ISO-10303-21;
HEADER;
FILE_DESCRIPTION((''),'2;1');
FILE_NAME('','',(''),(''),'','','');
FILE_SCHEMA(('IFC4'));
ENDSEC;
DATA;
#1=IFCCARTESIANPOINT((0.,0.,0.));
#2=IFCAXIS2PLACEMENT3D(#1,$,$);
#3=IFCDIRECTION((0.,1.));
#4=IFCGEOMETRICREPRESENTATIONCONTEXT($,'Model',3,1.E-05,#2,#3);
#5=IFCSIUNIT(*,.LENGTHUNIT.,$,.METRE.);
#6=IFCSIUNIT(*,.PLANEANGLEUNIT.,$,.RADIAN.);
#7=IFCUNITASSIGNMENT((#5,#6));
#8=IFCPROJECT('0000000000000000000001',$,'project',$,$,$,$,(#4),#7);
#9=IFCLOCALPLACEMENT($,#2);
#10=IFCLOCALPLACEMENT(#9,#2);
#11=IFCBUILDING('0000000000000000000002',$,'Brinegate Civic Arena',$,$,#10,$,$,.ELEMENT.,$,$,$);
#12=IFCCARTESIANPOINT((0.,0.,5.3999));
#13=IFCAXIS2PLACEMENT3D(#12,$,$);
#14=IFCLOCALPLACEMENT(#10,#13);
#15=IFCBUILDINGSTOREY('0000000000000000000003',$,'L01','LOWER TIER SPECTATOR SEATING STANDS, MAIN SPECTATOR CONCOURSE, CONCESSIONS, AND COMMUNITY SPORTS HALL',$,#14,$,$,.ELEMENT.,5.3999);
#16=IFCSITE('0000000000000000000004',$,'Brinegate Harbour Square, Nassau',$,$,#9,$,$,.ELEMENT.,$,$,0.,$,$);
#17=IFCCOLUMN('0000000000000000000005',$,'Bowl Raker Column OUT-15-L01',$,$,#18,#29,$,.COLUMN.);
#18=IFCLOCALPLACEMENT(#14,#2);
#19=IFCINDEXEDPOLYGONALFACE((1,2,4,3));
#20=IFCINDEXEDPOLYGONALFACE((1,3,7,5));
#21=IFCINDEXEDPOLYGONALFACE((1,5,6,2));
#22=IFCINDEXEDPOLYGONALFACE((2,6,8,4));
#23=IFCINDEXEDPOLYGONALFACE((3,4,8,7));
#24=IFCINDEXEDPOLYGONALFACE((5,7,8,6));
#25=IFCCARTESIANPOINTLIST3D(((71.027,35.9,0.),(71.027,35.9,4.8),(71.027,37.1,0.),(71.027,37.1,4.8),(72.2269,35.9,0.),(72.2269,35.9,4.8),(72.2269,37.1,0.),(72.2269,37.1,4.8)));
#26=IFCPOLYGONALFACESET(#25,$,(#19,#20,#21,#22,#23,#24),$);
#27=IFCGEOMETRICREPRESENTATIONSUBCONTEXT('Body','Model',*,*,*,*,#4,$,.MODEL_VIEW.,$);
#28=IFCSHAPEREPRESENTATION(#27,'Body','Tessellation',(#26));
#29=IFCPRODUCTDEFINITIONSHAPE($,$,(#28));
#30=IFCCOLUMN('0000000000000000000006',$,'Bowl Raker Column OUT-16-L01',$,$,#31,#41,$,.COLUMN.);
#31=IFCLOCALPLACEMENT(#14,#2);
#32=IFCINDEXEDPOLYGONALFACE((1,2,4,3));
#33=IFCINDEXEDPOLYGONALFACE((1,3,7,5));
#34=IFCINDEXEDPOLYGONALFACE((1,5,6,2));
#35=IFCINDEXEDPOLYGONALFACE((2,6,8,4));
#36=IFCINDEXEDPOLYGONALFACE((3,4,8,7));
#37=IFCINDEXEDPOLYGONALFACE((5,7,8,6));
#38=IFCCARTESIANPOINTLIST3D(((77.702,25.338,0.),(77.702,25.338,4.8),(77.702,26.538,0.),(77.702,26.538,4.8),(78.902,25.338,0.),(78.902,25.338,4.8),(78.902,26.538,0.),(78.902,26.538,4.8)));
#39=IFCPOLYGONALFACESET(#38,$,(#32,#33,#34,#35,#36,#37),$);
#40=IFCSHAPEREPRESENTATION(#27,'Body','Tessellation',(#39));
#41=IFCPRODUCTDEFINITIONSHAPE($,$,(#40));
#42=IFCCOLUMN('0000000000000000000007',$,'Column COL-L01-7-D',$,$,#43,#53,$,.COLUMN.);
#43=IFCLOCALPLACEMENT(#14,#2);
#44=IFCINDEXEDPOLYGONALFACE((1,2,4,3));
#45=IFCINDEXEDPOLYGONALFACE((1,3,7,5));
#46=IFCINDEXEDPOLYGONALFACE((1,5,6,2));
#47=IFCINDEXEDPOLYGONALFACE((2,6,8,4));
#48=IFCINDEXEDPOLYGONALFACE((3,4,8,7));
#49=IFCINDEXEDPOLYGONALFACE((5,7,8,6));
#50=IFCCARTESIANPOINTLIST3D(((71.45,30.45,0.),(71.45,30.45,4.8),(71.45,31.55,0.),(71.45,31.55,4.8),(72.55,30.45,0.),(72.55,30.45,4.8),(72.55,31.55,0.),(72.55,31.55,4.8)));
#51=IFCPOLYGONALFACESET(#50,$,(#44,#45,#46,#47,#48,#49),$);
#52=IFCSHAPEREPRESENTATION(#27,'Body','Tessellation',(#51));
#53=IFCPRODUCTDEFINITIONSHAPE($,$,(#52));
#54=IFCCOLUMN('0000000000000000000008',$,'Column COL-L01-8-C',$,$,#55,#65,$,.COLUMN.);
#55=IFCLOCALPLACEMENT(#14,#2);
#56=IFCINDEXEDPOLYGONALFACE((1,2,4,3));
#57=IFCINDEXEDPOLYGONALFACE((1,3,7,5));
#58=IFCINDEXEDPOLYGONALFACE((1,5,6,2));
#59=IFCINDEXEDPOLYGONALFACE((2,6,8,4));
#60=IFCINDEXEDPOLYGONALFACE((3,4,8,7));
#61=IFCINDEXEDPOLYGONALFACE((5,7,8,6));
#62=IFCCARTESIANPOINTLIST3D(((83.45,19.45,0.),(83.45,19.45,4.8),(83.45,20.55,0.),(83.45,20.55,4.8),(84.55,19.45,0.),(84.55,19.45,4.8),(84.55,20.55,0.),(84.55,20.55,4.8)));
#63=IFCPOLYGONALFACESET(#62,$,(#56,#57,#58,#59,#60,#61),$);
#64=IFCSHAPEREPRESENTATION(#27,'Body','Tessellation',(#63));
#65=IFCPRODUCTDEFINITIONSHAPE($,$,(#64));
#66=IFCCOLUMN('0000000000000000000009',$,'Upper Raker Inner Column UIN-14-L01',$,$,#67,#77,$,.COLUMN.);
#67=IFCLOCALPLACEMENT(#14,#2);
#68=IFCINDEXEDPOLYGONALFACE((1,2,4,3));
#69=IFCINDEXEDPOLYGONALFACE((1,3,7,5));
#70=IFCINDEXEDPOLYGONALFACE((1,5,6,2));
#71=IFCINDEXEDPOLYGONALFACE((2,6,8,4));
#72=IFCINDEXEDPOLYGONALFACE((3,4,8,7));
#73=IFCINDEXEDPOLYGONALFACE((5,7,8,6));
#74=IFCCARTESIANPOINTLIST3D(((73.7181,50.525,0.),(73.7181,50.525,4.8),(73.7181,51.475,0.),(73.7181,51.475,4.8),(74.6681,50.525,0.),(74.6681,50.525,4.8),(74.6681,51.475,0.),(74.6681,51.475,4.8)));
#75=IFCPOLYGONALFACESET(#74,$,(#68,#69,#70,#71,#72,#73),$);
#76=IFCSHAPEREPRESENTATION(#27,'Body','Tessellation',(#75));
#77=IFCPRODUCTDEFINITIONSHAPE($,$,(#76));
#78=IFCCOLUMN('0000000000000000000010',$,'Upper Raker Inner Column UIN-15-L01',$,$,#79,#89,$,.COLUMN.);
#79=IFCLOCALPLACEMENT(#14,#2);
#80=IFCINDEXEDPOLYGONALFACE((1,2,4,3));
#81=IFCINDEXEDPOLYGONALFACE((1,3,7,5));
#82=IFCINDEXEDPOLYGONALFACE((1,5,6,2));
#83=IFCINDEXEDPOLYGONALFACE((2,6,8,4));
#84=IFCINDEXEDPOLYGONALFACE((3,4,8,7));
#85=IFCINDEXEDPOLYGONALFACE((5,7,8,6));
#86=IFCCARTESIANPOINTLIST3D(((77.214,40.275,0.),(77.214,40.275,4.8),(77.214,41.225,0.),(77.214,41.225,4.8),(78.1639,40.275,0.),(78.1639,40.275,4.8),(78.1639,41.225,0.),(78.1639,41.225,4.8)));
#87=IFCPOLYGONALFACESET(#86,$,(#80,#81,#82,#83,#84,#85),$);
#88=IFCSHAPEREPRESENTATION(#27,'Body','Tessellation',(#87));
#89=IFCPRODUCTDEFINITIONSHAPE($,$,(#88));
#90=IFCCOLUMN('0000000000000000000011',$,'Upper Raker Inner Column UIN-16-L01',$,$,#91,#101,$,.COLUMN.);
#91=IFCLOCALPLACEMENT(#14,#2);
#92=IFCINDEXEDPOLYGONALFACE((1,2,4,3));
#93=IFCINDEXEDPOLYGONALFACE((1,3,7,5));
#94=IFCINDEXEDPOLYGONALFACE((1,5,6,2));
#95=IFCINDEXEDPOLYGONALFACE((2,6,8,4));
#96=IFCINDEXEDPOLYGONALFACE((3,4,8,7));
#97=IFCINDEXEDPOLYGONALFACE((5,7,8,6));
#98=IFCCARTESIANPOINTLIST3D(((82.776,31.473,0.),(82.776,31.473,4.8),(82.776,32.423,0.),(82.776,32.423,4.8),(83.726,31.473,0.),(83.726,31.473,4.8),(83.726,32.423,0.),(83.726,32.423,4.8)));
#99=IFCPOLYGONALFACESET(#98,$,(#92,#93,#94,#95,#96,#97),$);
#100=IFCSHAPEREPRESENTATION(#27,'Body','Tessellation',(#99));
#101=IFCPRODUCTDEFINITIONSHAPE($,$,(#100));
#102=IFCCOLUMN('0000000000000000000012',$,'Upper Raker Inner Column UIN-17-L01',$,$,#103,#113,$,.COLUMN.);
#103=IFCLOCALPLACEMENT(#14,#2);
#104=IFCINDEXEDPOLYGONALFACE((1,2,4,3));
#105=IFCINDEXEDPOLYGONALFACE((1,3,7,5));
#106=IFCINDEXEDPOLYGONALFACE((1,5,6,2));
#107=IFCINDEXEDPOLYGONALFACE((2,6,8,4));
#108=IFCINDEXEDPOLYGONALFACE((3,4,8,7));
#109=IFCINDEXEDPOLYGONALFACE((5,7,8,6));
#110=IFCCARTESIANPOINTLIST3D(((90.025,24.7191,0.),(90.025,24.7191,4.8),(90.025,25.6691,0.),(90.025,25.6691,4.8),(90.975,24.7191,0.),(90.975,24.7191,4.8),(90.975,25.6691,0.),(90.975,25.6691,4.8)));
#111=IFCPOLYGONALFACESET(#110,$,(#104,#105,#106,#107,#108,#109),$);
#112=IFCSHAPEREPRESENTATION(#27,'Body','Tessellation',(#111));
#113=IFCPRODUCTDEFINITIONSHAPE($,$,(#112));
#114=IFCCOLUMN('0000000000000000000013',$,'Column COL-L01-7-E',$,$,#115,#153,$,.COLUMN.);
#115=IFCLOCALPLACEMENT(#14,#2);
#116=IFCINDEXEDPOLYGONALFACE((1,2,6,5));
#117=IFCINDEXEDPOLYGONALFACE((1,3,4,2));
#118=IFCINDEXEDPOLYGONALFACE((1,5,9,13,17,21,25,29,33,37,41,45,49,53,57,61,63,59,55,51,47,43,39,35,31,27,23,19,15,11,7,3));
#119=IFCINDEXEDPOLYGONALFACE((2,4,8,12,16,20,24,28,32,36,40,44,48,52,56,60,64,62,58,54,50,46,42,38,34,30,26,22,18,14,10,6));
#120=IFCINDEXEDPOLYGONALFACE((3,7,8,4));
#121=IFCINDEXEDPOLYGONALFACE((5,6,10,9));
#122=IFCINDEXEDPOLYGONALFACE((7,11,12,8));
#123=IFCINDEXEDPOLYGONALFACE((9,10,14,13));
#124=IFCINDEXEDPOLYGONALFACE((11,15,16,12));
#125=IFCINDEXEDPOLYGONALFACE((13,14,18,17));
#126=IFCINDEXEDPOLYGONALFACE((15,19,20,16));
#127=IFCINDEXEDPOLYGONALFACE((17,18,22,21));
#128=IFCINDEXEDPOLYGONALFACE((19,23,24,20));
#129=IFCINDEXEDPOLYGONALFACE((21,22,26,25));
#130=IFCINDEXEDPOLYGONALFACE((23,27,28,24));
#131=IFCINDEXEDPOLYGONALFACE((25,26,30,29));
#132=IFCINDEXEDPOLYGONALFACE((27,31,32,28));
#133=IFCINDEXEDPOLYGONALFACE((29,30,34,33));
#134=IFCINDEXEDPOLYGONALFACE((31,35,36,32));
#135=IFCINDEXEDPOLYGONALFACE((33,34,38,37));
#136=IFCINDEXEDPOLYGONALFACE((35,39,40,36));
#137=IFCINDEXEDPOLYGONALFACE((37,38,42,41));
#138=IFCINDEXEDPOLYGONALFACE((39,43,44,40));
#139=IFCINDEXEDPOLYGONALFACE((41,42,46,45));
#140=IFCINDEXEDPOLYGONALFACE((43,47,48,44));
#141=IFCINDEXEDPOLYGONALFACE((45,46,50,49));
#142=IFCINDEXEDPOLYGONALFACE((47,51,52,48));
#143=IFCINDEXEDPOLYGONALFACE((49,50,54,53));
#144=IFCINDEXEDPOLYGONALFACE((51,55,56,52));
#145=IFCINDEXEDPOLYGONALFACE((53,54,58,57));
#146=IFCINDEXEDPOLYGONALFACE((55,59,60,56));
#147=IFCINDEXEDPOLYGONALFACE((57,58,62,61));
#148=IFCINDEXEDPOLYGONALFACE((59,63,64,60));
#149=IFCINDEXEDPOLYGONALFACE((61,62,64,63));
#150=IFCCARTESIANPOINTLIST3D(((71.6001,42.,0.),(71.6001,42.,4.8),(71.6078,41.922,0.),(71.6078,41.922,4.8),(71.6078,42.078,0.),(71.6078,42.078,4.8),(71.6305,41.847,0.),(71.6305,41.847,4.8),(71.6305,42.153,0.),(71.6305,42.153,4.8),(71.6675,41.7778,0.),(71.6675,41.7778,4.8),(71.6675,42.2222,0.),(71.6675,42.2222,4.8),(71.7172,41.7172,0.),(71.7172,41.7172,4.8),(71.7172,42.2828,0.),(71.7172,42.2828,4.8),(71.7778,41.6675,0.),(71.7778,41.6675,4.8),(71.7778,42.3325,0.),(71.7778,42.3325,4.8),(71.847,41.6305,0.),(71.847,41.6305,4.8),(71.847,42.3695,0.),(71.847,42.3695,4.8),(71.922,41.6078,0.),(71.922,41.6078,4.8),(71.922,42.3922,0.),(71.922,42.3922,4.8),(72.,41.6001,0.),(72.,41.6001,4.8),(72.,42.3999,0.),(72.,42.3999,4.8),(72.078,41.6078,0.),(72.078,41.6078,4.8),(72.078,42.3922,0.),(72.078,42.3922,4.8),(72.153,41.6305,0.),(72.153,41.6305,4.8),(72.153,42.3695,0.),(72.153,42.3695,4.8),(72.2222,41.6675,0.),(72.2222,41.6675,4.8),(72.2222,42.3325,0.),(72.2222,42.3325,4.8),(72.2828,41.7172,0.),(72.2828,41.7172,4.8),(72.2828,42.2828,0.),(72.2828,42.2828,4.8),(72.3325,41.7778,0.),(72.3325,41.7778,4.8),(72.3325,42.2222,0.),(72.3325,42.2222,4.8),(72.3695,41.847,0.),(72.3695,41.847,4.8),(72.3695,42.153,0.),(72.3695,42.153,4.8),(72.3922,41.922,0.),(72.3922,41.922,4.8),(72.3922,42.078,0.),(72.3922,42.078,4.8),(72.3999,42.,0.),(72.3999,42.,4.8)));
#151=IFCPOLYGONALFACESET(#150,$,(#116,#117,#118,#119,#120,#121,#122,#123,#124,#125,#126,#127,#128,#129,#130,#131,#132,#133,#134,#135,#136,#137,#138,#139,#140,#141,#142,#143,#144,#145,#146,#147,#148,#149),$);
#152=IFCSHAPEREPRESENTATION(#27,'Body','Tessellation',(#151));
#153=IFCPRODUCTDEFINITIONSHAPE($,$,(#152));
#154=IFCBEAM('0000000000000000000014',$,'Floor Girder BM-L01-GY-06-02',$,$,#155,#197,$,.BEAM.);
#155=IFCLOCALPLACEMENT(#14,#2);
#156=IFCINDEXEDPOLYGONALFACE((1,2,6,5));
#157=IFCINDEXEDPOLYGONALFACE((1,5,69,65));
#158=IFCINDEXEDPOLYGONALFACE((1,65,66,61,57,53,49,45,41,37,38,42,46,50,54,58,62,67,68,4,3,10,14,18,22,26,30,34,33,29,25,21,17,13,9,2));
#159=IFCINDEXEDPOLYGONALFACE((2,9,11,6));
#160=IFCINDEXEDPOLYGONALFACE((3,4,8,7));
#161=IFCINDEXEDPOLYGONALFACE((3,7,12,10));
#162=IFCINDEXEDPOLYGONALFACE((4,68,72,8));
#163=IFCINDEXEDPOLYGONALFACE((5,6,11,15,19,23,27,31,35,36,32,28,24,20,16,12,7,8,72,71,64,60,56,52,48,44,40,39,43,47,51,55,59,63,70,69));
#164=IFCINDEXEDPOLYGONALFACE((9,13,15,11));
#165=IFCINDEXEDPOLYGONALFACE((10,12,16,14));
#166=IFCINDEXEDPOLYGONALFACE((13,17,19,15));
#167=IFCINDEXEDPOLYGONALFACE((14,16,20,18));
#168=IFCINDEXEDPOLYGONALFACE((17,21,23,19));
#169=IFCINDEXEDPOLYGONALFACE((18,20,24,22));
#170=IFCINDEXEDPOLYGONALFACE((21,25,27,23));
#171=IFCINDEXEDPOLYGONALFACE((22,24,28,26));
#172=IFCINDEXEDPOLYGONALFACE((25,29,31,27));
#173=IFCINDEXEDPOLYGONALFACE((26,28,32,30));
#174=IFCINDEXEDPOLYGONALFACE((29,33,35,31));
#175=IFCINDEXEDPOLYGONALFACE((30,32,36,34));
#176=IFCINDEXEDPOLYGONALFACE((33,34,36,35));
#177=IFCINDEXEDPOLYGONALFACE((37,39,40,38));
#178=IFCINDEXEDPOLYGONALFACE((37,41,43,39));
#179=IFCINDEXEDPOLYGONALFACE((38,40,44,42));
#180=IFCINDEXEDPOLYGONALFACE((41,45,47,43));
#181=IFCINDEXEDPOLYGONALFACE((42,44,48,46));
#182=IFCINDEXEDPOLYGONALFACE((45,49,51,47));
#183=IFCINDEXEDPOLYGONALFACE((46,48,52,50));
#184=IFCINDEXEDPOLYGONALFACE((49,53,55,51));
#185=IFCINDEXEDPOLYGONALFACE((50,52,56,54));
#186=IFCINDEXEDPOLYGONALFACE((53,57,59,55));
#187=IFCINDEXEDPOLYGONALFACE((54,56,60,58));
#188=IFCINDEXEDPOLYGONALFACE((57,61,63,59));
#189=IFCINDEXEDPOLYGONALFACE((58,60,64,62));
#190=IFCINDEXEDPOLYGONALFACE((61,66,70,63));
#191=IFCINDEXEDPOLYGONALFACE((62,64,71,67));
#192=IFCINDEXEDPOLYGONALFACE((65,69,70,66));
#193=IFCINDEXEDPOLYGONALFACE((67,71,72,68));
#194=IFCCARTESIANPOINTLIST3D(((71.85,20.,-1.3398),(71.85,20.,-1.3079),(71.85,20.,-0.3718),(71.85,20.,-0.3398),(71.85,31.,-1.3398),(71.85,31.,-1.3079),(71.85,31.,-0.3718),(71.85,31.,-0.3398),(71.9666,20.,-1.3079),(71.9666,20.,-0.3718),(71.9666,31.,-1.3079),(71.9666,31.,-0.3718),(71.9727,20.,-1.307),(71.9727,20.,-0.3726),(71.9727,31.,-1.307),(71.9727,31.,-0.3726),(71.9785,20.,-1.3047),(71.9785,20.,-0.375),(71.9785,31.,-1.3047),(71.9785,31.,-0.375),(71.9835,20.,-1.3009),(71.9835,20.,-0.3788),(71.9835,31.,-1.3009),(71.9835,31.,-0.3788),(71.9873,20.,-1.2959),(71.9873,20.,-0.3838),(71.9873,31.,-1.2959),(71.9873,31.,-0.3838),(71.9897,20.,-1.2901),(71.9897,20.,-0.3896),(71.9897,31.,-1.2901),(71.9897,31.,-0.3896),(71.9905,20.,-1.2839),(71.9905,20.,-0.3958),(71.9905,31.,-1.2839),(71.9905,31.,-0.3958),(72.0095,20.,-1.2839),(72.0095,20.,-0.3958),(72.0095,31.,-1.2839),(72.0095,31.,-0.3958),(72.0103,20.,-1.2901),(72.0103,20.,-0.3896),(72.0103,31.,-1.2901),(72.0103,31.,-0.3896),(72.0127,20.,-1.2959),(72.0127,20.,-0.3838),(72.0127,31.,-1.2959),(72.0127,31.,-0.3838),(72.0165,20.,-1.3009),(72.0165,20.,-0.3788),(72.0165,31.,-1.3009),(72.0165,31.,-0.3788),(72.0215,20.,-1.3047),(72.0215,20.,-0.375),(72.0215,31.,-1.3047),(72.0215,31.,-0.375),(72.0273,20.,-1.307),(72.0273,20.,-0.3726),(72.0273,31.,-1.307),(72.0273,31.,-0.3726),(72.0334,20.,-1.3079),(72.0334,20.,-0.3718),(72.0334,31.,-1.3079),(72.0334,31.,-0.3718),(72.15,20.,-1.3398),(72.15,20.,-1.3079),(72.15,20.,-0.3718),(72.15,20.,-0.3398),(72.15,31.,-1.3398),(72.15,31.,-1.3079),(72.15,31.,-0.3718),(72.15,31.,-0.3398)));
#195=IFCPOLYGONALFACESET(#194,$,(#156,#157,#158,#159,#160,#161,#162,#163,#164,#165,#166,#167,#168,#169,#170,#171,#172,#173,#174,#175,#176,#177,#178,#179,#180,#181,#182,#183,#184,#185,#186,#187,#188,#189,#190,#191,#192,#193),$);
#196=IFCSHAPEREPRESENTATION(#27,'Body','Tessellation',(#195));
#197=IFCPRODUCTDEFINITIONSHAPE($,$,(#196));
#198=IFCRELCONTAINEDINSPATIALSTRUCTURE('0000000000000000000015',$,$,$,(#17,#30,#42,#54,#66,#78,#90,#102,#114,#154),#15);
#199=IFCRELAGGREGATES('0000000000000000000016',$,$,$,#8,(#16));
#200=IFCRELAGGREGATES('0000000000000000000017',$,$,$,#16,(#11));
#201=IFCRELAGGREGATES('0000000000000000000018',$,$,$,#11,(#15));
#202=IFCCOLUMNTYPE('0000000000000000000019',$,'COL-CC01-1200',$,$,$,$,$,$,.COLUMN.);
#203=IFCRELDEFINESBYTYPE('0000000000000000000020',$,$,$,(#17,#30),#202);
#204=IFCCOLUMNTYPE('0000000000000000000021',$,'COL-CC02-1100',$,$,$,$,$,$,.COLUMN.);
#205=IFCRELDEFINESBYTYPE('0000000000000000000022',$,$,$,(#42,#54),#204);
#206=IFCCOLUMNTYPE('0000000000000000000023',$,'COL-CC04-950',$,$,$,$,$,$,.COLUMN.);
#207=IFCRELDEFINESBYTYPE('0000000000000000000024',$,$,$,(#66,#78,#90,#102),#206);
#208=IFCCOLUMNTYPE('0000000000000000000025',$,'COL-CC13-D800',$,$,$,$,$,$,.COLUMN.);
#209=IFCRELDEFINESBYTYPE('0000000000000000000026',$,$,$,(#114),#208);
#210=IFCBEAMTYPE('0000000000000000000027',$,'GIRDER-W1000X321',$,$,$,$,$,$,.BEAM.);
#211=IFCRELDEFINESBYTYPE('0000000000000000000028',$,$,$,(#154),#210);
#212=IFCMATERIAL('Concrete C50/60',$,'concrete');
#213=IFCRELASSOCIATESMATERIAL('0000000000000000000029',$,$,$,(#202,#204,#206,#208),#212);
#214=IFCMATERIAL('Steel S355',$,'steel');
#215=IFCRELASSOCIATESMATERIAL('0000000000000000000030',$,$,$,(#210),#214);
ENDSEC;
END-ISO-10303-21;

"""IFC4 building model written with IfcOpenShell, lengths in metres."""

from ifc_helpers import new_model, si_unit, direction, frame, origin, origin_2d, place, context, subcontext, project, spatial, rectangle, circle, i_section, extrude, material, material_profile, profile_set, type_object, element, save


model = new_model("IFC4")

# Units and contexts
model_context = context("Model", 3, precision=1e-05, world=origin(), true_north=direction((0.0, 1.0)))
body_context = subcontext(model_context, "Body", "Model", "MODEL_VIEW")
ifc_project = project(units=[si_unit("LENGTHUNIT", "METRE"), si_unit("PLANEANGLEUNIT", "RADIAN")], contexts=[model_context])

# Site, building, storey
site_placement = place(None, origin())
site = spatial("IfcSite", under=ifc_project, at=site_placement, Name="Brinegate Harbour Square, Nassau", CompositionType="ELEMENT", RefElevation=0.0)
building_placement = place(site_placement, origin())
building = spatial("IfcBuilding", under=site, at=building_placement, Name="Brinegate Civic Arena", CompositionType="ELEMENT")
storey_placement = place(building_placement, frame((0.0, 0.0, 5.3999)))
storey = spatial("IfcBuildingStorey", under=building, at=storey_placement, Name="L01", Description="LOWER TIER SPECTATOR SEATING STANDS, MAIN SPECTATOR CONCOURSE, CONCESSIONS, AND COMMUNITY SPORTS HALL", CompositionType="ELEMENT", Elevation=5.3999)

# Columns
ifc_material_1 = material(Name="Concrete C50/60", Category="concrete")
ifc_material_profile_1 = material_profile(ifc_material_1, rectangle(XDim=1.2, YDim=1.2, at=origin_2d()), Name="RC1200X1200")
ifc_profile_set_1 = profile_set([ifc_material_profile_1], Name="Concrete C50/60")
column_type_1 = type_object("IfcColumnType", Name="COL-CC01-1200", PredefinedType="COLUMN", material=ifc_profile_set_1)
for number, where, z_axis, x_axis, name in (
    (1, (71.627, 36.5, 0.0), (0.0, 0.0, 1.0), (1.0, 0.0, 0.0), "Bowl Raker Column OUT-15-L01"),
    (2, (78.302, 25.938, 0.0), (0.0, 0.0, 1.0), (1.0, 0.0, 0.0), "Bowl Raker Column OUT-16-L01"),
):
    element("IfcColumn", number, at=place(storey_placement, frame(where, z_axis=z_axis, x_axis=x_axis)), inside=storey, type_object=column_type_1, Name=name, PredefinedType="COLUMN", context=body_context, shape_type="SweptSolid", body=[
        extrude(rectangle(XDim=1.2, YDim=1.2, at=origin_2d()), origin(), (0.0, 0.0, 1.0), 4.8),
    ])
ifc_material_profile_2 = material_profile(ifc_material_1, rectangle(XDim=1.1001, YDim=1.1001, at=origin_2d()), Name="RC1100X1100")
ifc_profile_set_2 = profile_set([ifc_material_profile_2], Name="Concrete C50/60")
column_type_2 = type_object("IfcColumnType", Name="COL-CC02-1100", PredefinedType="COLUMN", material=ifc_profile_set_2)
for number, where, z_axis, x_axis, name in (
    (3, (72.0, 31.0, 0.0), (0.0, 0.0, 1.0), (1.0, 0.0, 0.0), "Column COL-L01-7-D"),
    (4, (84.0, 20.0, 0.0), (0.0, 0.0, 1.0), (1.0, 0.0, 0.0), "Column COL-L01-8-C"),
):
    element("IfcColumn", number, at=place(storey_placement, frame(where, z_axis=z_axis, x_axis=x_axis)), inside=storey, type_object=column_type_2, Name=name, PredefinedType="COLUMN", context=body_context, shape_type="SweptSolid", body=[
        extrude(rectangle(XDim=1.1001, YDim=1.1001, at=origin_2d()), origin(), (0.0, 0.0, 1.0), 4.8),
    ])
ifc_material_profile_3 = material_profile(ifc_material_1, rectangle(XDim=0.95, YDim=0.95, at=origin_2d()), Name="RC950X950")
ifc_profile_set_3 = profile_set([ifc_material_profile_3], Name="Concrete C50/60")
column_type_3 = type_object("IfcColumnType", Name="COL-CC04-950", PredefinedType="COLUMN", material=ifc_profile_set_3)
for number, where, z_axis, x_axis, name in (
    (5, (74.1931, 51.0, 0.0), (0.0, 0.0, 1.0), (1.0, 0.0, 0.0), "Upper Raker Inner Column UIN-14-L01"),
    (6, (77.689, 40.75, 0.0), (0.0, 0.0, 1.0), (1.0, 0.0, 0.0), "Upper Raker Inner Column UIN-15-L01"),
    (7, (83.251, 31.948, 0.0), (0.0, 0.0, 1.0), (1.0, 0.0, 0.0), "Upper Raker Inner Column UIN-16-L01"),
    (8, (90.5, 25.1941, 0.0), (0.0, 0.0, 1.0), (1.0, 0.0, 0.0), "Upper Raker Inner Column UIN-17-L01"),
):
    element("IfcColumn", number, at=place(storey_placement, frame(where, z_axis=z_axis, x_axis=x_axis)), inside=storey, type_object=column_type_3, Name=name, PredefinedType="COLUMN", context=body_context, shape_type="SweptSolid", body=[
        extrude(rectangle(XDim=0.95, YDim=0.95, at=origin_2d()), origin(), (0.0, 0.0, 1.0), 4.8),
    ])
ifc_material_profile_4 = material_profile(ifc_material_1, circle(Radius=0.3999, at=origin_2d()), Name="RCD800")
ifc_profile_set_4 = profile_set([ifc_material_profile_4], Name="Concrete C50/60")
column_type_4 = type_object("IfcColumnType", Name="COL-CC13-D800", PredefinedType="COLUMN", material=ifc_profile_set_4)
column_placement = place(storey_placement, frame((72.0, 42.0, 0.0), z_axis=(0.0, 0.0, 1.0), x_axis=(1.0, 0.0, 0.0)))
element("IfcColumn", 9, at=column_placement, inside=storey, type_object=column_type_4, Name="Column COL-L01-7-E", PredefinedType="COLUMN", context=body_context, shape_type="SweptSolid", body=[
    extrude(circle(Radius=0.3999, at=origin_2d()), origin(), (0.0, 0.0, 1.0), 4.8),
])

# Beam
ifc_material_2 = material(Name="Steel S355", Category="steel")
ifc_material_profile_5 = material_profile(ifc_material_2, i_section(OverallWidth=0.3, OverallDepth=1.0, WebThickness=0.019, FlangeThickness=0.032, FilletRadius=0.0239, at=origin_2d()), Name="W1000X321")
ifc_profile_set_5 = profile_set([ifc_material_profile_5], Name="Steel S355")
beam_type_1 = type_object("IfcBeamType", Name="GIRDER-W1000X321", PredefinedType="BEAM", material=ifc_profile_set_5)
beam_1_placement = place(storey_placement, frame((72.0, 20.0, -0.8398), z_axis=(0.0, 1.0, 0.0), x_axis=(-1.0, 0.0, 0.0)))
element("IfcBeam", 10, at=beam_1_placement, inside=storey, type_object=beam_type_1, Name="Floor Girder BM-L01-GY-06-02", PredefinedType="BEAM", context=body_context, shape_type="SweptSolid", body=[
    extrude(i_section(OverallWidth=0.3, OverallDepth=1.0, WebThickness=0.019, FlangeThickness=0.032, FilletRadius=0.0239, at=origin_2d()), origin(), (0.0, 0.0, 1.0), 11.0),
])

save(model, "model.ifc")
